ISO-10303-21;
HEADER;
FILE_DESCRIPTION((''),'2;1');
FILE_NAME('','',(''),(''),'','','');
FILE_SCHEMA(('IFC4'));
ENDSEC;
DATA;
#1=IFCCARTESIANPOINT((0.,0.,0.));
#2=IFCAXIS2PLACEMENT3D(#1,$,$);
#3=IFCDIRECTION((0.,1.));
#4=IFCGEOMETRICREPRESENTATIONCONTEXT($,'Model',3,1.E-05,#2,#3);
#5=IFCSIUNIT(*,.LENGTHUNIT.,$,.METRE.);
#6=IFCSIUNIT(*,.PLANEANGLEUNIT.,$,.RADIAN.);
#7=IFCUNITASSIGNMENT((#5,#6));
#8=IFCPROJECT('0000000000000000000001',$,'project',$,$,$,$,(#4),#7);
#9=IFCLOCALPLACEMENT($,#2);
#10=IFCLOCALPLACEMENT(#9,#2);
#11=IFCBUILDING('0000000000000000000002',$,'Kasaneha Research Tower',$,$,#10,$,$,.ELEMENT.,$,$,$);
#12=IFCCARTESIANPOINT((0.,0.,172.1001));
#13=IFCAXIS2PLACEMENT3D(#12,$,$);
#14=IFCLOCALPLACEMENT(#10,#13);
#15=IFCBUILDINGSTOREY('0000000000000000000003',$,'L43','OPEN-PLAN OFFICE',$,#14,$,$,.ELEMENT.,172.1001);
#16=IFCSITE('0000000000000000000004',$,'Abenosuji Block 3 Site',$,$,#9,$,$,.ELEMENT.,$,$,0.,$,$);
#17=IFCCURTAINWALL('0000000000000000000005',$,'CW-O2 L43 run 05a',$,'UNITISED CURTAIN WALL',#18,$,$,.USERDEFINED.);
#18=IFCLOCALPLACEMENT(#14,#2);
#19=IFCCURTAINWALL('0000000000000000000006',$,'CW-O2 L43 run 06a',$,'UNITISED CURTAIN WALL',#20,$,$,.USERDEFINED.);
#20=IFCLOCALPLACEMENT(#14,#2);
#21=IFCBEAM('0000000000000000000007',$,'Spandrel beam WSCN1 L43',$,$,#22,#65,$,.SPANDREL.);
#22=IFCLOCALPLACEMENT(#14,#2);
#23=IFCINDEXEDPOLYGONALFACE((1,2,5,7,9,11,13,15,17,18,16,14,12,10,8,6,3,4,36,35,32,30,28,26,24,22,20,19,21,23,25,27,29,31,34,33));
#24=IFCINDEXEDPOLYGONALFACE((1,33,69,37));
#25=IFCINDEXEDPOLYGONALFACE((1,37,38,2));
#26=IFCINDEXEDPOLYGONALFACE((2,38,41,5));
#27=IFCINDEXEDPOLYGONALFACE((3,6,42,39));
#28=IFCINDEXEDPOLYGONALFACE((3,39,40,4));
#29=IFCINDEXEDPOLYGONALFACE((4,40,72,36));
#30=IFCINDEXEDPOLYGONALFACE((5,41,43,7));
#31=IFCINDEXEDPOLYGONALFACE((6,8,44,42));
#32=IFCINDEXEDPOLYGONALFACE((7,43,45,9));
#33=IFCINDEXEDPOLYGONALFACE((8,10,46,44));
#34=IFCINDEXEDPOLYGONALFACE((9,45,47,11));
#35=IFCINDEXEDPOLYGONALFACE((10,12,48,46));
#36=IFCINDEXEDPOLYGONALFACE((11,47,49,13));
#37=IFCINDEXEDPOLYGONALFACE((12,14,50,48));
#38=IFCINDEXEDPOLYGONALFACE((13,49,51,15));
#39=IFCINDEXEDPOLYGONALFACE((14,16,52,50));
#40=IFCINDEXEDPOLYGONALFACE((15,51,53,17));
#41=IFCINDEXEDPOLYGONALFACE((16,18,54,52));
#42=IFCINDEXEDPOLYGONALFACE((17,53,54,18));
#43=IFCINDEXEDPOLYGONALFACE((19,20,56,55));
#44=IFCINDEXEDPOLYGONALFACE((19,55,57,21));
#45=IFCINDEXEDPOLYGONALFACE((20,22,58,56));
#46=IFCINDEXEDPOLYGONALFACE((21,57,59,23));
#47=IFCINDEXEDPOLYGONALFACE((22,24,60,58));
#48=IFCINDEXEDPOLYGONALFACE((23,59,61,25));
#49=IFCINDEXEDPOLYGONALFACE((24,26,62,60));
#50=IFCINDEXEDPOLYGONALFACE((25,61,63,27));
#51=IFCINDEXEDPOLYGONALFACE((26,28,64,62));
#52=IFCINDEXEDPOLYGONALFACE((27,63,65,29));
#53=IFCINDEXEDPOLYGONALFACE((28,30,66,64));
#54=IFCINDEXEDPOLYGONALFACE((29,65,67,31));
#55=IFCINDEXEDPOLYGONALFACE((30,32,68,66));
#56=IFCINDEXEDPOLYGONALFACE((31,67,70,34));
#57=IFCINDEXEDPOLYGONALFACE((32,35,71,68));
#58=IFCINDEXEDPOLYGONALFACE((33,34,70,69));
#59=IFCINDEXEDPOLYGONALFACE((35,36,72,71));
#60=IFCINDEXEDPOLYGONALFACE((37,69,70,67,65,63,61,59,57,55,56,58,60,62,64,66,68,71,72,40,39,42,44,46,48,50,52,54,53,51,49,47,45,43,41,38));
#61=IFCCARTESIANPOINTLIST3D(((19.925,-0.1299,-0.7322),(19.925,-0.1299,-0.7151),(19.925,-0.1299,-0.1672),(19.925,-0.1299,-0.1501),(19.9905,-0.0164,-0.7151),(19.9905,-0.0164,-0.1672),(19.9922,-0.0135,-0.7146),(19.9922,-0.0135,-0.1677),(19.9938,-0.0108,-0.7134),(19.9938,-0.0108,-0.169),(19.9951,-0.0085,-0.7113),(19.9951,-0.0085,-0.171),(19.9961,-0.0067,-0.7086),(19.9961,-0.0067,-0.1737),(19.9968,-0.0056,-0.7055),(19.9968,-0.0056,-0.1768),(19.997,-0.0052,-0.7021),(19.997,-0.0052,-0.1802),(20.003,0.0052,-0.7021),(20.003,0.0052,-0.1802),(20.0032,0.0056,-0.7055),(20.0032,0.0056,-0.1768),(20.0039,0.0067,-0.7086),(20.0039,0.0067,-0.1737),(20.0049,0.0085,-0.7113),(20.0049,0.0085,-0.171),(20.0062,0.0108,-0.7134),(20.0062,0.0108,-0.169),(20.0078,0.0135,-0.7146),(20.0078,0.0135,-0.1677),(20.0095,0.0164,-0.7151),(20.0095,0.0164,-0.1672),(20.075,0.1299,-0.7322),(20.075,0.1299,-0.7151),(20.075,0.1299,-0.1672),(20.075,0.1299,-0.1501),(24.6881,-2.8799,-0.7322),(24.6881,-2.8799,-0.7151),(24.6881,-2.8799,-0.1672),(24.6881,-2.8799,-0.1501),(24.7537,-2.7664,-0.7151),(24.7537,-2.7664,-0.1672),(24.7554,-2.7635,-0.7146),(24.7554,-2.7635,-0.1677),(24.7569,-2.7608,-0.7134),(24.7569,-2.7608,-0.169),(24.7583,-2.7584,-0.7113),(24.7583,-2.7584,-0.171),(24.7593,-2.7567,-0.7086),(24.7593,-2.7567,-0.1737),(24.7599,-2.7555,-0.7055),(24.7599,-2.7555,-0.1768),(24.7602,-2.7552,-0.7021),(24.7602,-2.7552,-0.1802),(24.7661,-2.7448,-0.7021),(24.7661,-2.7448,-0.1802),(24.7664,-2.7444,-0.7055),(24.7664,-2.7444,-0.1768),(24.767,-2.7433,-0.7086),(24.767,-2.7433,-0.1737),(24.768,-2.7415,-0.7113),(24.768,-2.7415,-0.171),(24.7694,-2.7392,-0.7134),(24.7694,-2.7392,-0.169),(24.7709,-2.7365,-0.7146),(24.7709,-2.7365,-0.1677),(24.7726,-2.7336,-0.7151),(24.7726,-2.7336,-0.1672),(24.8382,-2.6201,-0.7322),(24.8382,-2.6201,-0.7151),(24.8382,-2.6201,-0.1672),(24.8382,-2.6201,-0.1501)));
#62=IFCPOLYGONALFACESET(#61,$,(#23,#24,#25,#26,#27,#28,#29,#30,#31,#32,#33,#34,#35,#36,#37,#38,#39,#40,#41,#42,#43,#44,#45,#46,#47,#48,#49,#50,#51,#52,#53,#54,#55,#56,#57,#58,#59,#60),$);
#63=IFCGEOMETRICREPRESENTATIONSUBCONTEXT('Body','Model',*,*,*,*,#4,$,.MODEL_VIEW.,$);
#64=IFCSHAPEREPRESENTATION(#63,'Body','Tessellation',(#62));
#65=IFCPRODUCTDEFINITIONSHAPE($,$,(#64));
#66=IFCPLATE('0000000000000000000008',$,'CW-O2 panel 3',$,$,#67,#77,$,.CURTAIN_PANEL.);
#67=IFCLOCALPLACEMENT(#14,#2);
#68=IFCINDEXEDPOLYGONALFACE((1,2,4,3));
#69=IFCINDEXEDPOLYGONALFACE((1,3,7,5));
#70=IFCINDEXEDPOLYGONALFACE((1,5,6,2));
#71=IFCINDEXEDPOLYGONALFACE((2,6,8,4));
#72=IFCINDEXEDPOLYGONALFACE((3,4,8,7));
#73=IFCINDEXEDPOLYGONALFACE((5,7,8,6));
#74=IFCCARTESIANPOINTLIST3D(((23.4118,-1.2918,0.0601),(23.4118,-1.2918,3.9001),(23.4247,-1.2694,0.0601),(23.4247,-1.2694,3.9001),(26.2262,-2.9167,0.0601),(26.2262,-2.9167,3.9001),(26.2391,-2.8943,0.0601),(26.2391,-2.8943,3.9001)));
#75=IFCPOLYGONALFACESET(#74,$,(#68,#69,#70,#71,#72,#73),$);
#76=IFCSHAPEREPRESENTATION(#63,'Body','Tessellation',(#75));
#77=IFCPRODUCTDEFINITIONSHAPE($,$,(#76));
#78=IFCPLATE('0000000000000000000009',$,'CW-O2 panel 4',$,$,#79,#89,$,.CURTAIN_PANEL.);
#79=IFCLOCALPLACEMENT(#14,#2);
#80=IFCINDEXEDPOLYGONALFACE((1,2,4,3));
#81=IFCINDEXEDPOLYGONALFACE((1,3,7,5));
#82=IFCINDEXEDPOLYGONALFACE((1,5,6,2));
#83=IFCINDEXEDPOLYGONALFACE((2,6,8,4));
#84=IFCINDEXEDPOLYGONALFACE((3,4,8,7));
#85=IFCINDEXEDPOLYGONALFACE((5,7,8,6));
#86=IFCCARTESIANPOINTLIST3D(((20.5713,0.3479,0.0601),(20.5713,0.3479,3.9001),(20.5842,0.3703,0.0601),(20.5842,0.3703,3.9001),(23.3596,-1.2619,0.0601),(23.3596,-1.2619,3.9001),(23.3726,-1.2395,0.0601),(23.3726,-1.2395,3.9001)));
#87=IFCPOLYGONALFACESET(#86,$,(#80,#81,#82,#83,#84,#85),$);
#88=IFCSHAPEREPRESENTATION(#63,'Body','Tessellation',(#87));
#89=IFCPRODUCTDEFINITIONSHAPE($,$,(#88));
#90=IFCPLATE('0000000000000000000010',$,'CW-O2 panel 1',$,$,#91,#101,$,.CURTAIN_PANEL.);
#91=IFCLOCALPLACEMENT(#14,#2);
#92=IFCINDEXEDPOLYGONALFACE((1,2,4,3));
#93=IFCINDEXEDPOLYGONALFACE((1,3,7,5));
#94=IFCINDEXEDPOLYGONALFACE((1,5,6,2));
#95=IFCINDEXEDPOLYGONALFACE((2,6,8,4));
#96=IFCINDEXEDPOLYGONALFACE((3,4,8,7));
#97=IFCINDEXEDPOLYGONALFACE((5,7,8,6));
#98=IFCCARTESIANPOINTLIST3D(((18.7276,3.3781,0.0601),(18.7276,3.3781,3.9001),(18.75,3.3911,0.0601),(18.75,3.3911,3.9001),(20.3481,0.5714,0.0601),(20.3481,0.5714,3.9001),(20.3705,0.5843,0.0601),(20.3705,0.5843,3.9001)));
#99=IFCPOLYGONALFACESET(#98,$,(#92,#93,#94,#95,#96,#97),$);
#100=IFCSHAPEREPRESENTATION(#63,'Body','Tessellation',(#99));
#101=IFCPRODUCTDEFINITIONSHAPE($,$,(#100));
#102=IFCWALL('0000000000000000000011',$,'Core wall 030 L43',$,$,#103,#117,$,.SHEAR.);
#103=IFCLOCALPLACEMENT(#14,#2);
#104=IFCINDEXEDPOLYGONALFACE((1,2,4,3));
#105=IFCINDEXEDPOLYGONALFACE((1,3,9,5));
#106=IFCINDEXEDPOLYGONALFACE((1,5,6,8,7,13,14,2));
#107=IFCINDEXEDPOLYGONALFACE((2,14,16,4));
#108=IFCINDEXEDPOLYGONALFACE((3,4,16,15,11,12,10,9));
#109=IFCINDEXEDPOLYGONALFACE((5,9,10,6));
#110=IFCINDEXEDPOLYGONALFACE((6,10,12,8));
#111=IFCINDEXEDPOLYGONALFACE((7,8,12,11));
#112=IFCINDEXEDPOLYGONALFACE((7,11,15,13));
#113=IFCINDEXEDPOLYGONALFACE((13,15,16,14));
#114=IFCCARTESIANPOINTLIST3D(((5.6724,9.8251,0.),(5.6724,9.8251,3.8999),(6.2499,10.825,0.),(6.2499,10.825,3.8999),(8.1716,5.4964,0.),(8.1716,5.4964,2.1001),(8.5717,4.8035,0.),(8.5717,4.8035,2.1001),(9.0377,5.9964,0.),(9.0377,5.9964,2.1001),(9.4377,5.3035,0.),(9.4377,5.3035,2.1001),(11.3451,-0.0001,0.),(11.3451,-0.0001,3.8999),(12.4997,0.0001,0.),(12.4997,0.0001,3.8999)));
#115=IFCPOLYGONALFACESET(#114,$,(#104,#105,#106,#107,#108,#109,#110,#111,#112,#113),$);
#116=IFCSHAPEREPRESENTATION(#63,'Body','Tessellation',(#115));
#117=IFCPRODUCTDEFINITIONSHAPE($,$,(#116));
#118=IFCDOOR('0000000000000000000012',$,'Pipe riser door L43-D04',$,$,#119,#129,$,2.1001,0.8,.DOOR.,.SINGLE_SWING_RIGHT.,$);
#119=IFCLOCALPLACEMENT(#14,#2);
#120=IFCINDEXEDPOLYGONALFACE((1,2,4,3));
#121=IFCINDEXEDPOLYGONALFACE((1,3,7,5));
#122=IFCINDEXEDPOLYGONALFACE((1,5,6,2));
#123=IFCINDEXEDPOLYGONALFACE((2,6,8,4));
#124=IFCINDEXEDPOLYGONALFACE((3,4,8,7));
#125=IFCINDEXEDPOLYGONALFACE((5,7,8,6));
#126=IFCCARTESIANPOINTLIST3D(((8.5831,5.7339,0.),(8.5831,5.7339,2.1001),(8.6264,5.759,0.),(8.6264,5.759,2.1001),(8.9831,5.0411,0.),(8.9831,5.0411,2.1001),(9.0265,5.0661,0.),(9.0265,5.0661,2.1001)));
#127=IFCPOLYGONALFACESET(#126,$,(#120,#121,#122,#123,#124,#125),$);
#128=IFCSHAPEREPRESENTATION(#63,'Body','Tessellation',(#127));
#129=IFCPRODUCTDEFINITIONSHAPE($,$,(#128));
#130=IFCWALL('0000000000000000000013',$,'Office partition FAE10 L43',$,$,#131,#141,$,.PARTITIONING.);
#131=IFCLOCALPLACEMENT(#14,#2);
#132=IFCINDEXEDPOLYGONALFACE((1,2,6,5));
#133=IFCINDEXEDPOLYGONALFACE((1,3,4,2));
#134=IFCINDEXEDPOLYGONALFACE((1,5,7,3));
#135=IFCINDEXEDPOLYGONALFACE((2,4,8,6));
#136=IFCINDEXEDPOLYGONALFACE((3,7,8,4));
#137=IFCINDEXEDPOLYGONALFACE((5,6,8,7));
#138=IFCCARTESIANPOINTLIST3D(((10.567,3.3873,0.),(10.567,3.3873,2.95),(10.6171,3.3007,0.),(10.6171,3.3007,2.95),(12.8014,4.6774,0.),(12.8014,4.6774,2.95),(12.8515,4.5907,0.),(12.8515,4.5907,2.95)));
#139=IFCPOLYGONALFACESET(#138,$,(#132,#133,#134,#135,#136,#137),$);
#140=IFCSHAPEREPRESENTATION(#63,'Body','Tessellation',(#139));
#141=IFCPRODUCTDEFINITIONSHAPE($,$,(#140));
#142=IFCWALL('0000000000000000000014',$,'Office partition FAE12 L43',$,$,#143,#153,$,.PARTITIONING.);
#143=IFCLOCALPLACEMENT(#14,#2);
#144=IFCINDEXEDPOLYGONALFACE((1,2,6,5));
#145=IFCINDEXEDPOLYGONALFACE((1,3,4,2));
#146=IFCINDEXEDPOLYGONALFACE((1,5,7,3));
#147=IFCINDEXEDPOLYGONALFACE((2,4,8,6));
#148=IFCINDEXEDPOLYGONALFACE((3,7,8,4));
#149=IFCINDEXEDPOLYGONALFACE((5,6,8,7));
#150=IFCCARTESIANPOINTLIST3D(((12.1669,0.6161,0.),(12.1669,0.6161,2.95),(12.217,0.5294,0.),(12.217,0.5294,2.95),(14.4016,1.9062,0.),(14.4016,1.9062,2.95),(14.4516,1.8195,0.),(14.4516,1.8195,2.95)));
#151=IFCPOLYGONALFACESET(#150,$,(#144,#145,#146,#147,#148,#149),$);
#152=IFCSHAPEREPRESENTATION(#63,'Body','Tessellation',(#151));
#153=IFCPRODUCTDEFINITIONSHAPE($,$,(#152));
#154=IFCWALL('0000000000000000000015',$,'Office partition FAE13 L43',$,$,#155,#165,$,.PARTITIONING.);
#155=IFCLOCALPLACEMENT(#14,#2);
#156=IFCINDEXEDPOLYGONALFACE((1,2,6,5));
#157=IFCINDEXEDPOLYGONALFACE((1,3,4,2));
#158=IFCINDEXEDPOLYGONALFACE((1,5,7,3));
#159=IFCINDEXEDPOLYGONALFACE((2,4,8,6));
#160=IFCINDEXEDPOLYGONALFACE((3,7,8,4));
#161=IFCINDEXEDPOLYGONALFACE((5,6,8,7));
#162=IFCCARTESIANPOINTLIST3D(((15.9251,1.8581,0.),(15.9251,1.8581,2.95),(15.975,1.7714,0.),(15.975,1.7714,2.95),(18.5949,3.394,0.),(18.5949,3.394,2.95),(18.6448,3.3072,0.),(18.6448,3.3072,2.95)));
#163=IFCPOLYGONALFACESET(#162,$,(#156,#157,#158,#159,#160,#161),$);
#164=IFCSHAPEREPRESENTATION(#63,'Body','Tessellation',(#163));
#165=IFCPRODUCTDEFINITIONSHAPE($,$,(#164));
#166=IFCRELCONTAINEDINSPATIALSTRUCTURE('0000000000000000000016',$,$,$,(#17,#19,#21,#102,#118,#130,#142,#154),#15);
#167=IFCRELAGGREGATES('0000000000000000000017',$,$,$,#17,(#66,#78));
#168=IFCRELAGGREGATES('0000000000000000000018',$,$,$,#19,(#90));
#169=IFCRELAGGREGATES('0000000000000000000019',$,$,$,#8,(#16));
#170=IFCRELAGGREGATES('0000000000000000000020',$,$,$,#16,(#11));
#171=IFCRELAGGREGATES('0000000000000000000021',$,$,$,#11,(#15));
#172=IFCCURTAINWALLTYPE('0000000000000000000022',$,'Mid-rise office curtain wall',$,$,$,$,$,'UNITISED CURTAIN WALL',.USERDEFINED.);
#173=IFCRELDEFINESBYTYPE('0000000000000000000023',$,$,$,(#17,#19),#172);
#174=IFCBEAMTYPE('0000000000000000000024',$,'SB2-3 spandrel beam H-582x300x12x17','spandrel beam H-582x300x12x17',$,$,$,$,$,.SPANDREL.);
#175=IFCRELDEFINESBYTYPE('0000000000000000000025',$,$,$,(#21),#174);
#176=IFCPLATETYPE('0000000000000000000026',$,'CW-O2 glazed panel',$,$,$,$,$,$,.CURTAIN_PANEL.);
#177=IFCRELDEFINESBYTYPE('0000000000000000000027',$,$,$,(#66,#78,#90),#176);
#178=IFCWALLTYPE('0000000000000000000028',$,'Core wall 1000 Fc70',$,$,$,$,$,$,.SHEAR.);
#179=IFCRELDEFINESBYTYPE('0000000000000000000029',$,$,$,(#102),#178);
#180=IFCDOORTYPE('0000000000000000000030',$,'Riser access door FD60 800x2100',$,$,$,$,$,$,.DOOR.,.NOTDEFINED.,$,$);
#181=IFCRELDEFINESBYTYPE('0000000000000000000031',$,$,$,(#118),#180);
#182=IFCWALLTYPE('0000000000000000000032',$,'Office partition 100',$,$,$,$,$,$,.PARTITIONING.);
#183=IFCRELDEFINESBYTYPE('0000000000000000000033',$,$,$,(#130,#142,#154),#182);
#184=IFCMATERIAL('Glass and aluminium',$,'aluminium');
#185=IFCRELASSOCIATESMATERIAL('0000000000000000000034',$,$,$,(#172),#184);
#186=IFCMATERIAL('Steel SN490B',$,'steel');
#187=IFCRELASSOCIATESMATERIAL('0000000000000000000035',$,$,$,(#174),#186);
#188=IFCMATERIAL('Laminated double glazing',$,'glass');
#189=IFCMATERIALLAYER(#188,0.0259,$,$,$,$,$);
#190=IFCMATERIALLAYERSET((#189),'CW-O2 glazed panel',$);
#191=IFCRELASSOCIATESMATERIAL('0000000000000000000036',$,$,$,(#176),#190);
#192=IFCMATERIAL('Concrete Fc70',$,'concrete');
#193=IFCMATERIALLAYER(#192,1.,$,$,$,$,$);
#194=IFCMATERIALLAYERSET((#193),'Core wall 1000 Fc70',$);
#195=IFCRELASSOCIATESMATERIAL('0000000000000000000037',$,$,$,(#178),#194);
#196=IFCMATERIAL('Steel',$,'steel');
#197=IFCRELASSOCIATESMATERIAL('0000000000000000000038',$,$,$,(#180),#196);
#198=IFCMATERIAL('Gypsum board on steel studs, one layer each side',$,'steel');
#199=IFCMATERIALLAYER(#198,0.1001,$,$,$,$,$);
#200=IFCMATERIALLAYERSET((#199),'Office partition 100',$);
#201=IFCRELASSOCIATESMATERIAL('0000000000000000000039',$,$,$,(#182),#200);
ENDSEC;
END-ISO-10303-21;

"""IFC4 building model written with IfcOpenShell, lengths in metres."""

from ifc_helpers import new_model, si_unit, direction, frame, frame_2d, origin, origin_2d, place, context, subcontext, project, spatial, polyline, rectangle, i_section, outline, extrude, material, layer, layer_set, material_profile, profile_set, type_object, element, fill, aggregate, save


model = new_model("IFC4")

# Units and contexts
model_context = context("Model", 3, precision=1e-05, world=origin(), true_north=direction((0.0, 1.0)))
body_context = subcontext(model_context, "Body", "Model", "MODEL_VIEW")
ifc_project = project(units=[si_unit("LENGTHUNIT", "METRE"), si_unit("PLANEANGLEUNIT", "RADIAN")], contexts=[model_context])

# Site, building, storey
site_placement = place(None, origin())
site = spatial("IfcSite", under=ifc_project, at=site_placement, Name="Abenosuji Block 3 Site", CompositionType="ELEMENT", RefElevation=0.0)
building_placement = place(site_placement, origin())
building = spatial("IfcBuilding", under=site, at=building_placement, Name="Kasaneha Research Tower", CompositionType="ELEMENT")
storey_placement = place(building_placement, frame((0.0, 0.0, 172.1001)))
storey = spatial("IfcBuildingStorey", under=building, at=storey_placement, Name="L43", Description="OPEN-PLAN OFFICE", CompositionType="ELEMENT", Elevation=172.1001)

# Curtain walls
ifc_material_1 = material(Name="Glass and aluminium", Category="aluminium")
curtain_wall_type = type_object("IfcCurtainWallType", Name="Mid-rise office curtain wall", ElementType="UNITISED CURTAIN WALL", PredefinedType="USERDEFINED", material=ifc_material_1)
curtain_wall_1_placement = place(storey_placement, origin())
curtain_wall_1 = element("IfcCurtainWall", 1, at=curtain_wall_1_placement, inside=storey, type_object=curtain_wall_type, Name="CW-O2 L43 run 05a", ObjectType="UNITISED CURTAIN WALL", PredefinedType="USERDEFINED")
curtain_wall_2_placement = place(storey_placement, origin())
curtain_wall_2 = element("IfcCurtainWall", 2, at=curtain_wall_2_placement, inside=storey, type_object=curtain_wall_type, Name="CW-O2 L43 run 06a", ObjectType="UNITISED CURTAIN WALL", PredefinedType="USERDEFINED")

# Beam
ifc_material_2 = material(Name="Steel SN490B", Category="steel")
ifc_material_profile_1 = material_profile(ifc_material_2, i_section(OverallWidth=0.3, OverallDepth=0.582, WebThickness=0.012, FlangeThickness=0.0171, FilletRadius=0.0129, at=origin_2d()), Name="H-582x300x12x17")
ifc_profile_set_1 = profile_set([ifc_material_profile_1], Name="Steel SN490B")
beam_type_1 = type_object("IfcBeamType", Name="SB2-3 spandrel beam H-582x300x12x17", Description="spandrel beam H-582x300x12x17", PredefinedType="SPANDREL", material=ifc_profile_set_1)
beam_1_placement = place(storey_placement, frame((20.0, 0.0, -0.4412), z_axis=(0.866027, -0.499997, 0.0), x_axis=(0.499997, 0.866027, 0.0)))
element("IfcBeam", 3, at=beam_1_placement, inside=storey, type_object=beam_type_1, Name="Spandrel beam WSCN1 L43", PredefinedType="SPANDREL", context=body_context, shape_type="SweptSolid", body=[
    extrude(i_section(OverallWidth=0.3, OverallDepth=0.582, WebThickness=0.012, FlangeThickness=0.0171, FilletRadius=0.0129, at=origin_2d()), origin(), (0.0, 0.0, 1.0), 5.5),
])

# Plates
ifc_material_3 = material(Name="Laminated double glazing", Category="glass")
ifc_layer_1 = layer(ifc_material_3, 0.0259)
ifc_layer_set_1 = layer_set([ifc_layer_1], Name="CW-O2 glazed panel")
plate_type = type_object("IfcPlateType", Name="CW-O2 glazed panel", PredefinedType="CURTAIN_PANEL", material=ifc_layer_set_1)
plate_1_placement = place(storey_placement, frame((24.8254, -2.093, 0.0601), z_axis=(0.0, 0.0, 1.0), x_axis=(-0.866025, 0.5, 0.0)))
plate_1 = element("IfcPlate", 4, at=plate_1_placement, type_object=plate_type, Name="CW-O2 panel 3", PredefinedType="CURTAIN_PANEL", context=body_context, shape_type="SweptSolid", body=[
    extrude(rectangle(XDim=3.2498, YDim=0.0259, at=origin_2d()), origin(), (0.0, 0.0, 1.0), 3.8401),
])
plate_2_placement = place(storey_placement, frame((21.9719, -0.4458, 0.0601), z_axis=(0.0, 0.0, 1.0), x_axis=(-0.866025, 0.5, 0.0)))
plate_2 = element("IfcPlate", 5, at=plate_2_placement, type_object=plate_type, Name="CW-O2 panel 4", PredefinedType="CURTAIN_PANEL", context=body_context, shape_type="SweptSolid", body=[
    extrude(rectangle(XDim=3.2197, YDim=0.0259, at=origin_2d()), origin(), (0.0, 0.0, 1.0), 3.8401),
])
aggregate(curtain_wall_1, [plate_1, plate_2])
plate_3_placement = place(storey_placement, frame((19.5491, 1.9812, 0.0601), z_axis=(0.0, 0.0, 1.0), x_axis=(-0.5, 0.866025, 0.0)))
plate_3 = element("IfcPlate", 6, at=plate_3_placement, type_object=plate_type, Name="CW-O2 panel 1", PredefinedType="CURTAIN_PANEL", context=body_context, shape_type="SweptSolid", body=[
    extrude(rectangle(XDim=3.241, YDim=0.0259, at=origin_2d()), origin(), (0.0, 0.0, 1.0), 3.8401),
])
aggregate(curtain_wall_2, [plate_3])

# Wall, opening, door
ifc_material_4 = material(Name="Concrete Fc70", Category="concrete")
ifc_layer_2 = layer(ifc_material_4, 1.0)
ifc_layer_set_2 = layer_set([ifc_layer_2], Name="Core wall 1000 Fc70")
wall_type_1 = type_object("IfcWallType", Name="Core wall 1000 Fc70", PredefinedType="SHEAR", material=ifc_layer_set_2)
wall_1_placement = place(storey_placement, frame((11.9224, 0.0, 0.0), z_axis=(0.0, 0.0, 1.0), x_axis=(-0.500004, 0.866023, 0.0)))
wall_1 = element("IfcWall", 7, at=wall_1_placement, inside=storey, type_object=wall_type_1, Name="Core wall 030 L43", PredefinedType="SHEAR", context=body_context, shape_type="SweptSolid", body=[
    extrude(outline(polyline([(-0.2886, -0.5), (5.8354, -0.5), (6.6355, -0.5), (12.2109, -0.5), (11.6338, 0.5), (6.6355, 0.5), (5.8354, 0.5), (0.2886, 0.5), (-0.2886, -0.5)])), origin(), (0.0, 0.0, 1.0), 3.8999),
])
opening_1_placement = place(wall_1_placement, frame((5.8354, 0.0, 0.0)))
opening_1 = element("IfcOpeningElement", 8, at=opening_1_placement, cuts=wall_1, PredefinedType="OPENING", context=body_context, shape_type="SweptSolid", body=[
    extrude(rectangle(XDim=0.8, YDim=2.1001, at=frame_2d((0.3999, 1.05))), frame((0.0, 0.51, 0.0), z_axis=(0.0, -1.0, 0.0), x_axis=(1.0, 0.0, 0.0)), (0.0, 0.0, 1.0), 1.02),
])
ifc_material_5 = material(Name="Steel", Category="steel")
door_type_1 = type_object("IfcDoorType", Name="Riser access door FD60 800x2100", OperationType="NOTDEFINED", PredefinedType="DOOR", material=ifc_material_5)
door_1_placement = place(opening_1_placement, origin())
door_1 = element("IfcDoor", 9, at=door_1_placement, inside=storey, type_object=door_type_1, Name="Pipe riser door L43-D04", OperationType="SINGLE_SWING_RIGHT", OverallHeight=2.1001, OverallWidth=0.8, PredefinedType="DOOR", context=body_context, shape_type="SweptSolid", body=[
    extrude(rectangle(XDim=0.8, YDim=2.1001, at=frame_2d((0.3999, 1.05))), frame((0.0, 0.0249, 0.0), z_axis=(0.0, -1.0, 0.0), x_axis=(1.0, 0.0, 0.0)), (0.0, 0.0, 1.0), 0.05),
])
fill(opening_1, door_1)

# Walls
ifc_material_6 = material(Name="Gypsum board on steel studs, one layer each side", Category="steel")
ifc_layer_3 = layer(ifc_material_6, 0.1001)
ifc_layer_set_3 = layer_set([ifc_layer_3], Name="Office partition 100")
wall_type_2 = type_object("IfcWallType", Name="Office partition 100", PredefinedType="PARTITIONING", material=ifc_layer_set_3)
wall_2_placement = place(storey_placement, frame((10.592, 3.344, 0.0), z_axis=(0.0, 0.0, 1.0), x_axis=(0.866022, 0.500006, 0.0)))
element("IfcWall", 10, at=wall_2_placement, inside=storey, type_object=wall_type_2, Name="Office partition FAE10 L43", PredefinedType="PARTITIONING", context=body_context, shape_type="SweptSolid", body=[
    extrude(rectangle(XDim=2.5801, YDim=0.1001, at=frame_2d((1.29, 0.0))), origin(), (0.0, 0.0, 1.0), 2.95),
])
wall_3_placement = place(storey_placement, frame((14.4265, 1.8628, 0.0), z_axis=(0.0, 0.0, 1.0), x_axis=(-0.866045, -0.499965, 0.0)))
element("IfcWall", 11, at=wall_3_placement, inside=storey, type_object=wall_type_2, Name="Office partition FAE12 L43", PredefinedType="PARTITIONING", context=body_context, shape_type="SweptSolid", body=[
    extrude(rectangle(XDim=2.5803, YDim=0.1001, at=frame_2d((1.29, 0.0))), origin(), (0.0, 0.0, 1.0), 2.95),
])
wall_4_placement = place(storey_placement, frame((18.6199, 3.3506, 0.0), z_axis=(0.0, 0.0, 1.0), x_axis=(-0.86681, -0.498638, 0.0)))
element("IfcWall", 12, at=wall_4_placement, inside=storey, type_object=wall_type_2, Name="Office partition FAE13 L43", PredefinedType="PARTITIONING", context=body_context, shape_type="SweptSolid", body=[
    extrude(rectangle(XDim=3.0801, YDim=0.1001, at=frame_2d((1.54, 0.0))), origin(), (0.0, 0.0, 1.0), 2.95),
])

save(model, "model.ifc")
